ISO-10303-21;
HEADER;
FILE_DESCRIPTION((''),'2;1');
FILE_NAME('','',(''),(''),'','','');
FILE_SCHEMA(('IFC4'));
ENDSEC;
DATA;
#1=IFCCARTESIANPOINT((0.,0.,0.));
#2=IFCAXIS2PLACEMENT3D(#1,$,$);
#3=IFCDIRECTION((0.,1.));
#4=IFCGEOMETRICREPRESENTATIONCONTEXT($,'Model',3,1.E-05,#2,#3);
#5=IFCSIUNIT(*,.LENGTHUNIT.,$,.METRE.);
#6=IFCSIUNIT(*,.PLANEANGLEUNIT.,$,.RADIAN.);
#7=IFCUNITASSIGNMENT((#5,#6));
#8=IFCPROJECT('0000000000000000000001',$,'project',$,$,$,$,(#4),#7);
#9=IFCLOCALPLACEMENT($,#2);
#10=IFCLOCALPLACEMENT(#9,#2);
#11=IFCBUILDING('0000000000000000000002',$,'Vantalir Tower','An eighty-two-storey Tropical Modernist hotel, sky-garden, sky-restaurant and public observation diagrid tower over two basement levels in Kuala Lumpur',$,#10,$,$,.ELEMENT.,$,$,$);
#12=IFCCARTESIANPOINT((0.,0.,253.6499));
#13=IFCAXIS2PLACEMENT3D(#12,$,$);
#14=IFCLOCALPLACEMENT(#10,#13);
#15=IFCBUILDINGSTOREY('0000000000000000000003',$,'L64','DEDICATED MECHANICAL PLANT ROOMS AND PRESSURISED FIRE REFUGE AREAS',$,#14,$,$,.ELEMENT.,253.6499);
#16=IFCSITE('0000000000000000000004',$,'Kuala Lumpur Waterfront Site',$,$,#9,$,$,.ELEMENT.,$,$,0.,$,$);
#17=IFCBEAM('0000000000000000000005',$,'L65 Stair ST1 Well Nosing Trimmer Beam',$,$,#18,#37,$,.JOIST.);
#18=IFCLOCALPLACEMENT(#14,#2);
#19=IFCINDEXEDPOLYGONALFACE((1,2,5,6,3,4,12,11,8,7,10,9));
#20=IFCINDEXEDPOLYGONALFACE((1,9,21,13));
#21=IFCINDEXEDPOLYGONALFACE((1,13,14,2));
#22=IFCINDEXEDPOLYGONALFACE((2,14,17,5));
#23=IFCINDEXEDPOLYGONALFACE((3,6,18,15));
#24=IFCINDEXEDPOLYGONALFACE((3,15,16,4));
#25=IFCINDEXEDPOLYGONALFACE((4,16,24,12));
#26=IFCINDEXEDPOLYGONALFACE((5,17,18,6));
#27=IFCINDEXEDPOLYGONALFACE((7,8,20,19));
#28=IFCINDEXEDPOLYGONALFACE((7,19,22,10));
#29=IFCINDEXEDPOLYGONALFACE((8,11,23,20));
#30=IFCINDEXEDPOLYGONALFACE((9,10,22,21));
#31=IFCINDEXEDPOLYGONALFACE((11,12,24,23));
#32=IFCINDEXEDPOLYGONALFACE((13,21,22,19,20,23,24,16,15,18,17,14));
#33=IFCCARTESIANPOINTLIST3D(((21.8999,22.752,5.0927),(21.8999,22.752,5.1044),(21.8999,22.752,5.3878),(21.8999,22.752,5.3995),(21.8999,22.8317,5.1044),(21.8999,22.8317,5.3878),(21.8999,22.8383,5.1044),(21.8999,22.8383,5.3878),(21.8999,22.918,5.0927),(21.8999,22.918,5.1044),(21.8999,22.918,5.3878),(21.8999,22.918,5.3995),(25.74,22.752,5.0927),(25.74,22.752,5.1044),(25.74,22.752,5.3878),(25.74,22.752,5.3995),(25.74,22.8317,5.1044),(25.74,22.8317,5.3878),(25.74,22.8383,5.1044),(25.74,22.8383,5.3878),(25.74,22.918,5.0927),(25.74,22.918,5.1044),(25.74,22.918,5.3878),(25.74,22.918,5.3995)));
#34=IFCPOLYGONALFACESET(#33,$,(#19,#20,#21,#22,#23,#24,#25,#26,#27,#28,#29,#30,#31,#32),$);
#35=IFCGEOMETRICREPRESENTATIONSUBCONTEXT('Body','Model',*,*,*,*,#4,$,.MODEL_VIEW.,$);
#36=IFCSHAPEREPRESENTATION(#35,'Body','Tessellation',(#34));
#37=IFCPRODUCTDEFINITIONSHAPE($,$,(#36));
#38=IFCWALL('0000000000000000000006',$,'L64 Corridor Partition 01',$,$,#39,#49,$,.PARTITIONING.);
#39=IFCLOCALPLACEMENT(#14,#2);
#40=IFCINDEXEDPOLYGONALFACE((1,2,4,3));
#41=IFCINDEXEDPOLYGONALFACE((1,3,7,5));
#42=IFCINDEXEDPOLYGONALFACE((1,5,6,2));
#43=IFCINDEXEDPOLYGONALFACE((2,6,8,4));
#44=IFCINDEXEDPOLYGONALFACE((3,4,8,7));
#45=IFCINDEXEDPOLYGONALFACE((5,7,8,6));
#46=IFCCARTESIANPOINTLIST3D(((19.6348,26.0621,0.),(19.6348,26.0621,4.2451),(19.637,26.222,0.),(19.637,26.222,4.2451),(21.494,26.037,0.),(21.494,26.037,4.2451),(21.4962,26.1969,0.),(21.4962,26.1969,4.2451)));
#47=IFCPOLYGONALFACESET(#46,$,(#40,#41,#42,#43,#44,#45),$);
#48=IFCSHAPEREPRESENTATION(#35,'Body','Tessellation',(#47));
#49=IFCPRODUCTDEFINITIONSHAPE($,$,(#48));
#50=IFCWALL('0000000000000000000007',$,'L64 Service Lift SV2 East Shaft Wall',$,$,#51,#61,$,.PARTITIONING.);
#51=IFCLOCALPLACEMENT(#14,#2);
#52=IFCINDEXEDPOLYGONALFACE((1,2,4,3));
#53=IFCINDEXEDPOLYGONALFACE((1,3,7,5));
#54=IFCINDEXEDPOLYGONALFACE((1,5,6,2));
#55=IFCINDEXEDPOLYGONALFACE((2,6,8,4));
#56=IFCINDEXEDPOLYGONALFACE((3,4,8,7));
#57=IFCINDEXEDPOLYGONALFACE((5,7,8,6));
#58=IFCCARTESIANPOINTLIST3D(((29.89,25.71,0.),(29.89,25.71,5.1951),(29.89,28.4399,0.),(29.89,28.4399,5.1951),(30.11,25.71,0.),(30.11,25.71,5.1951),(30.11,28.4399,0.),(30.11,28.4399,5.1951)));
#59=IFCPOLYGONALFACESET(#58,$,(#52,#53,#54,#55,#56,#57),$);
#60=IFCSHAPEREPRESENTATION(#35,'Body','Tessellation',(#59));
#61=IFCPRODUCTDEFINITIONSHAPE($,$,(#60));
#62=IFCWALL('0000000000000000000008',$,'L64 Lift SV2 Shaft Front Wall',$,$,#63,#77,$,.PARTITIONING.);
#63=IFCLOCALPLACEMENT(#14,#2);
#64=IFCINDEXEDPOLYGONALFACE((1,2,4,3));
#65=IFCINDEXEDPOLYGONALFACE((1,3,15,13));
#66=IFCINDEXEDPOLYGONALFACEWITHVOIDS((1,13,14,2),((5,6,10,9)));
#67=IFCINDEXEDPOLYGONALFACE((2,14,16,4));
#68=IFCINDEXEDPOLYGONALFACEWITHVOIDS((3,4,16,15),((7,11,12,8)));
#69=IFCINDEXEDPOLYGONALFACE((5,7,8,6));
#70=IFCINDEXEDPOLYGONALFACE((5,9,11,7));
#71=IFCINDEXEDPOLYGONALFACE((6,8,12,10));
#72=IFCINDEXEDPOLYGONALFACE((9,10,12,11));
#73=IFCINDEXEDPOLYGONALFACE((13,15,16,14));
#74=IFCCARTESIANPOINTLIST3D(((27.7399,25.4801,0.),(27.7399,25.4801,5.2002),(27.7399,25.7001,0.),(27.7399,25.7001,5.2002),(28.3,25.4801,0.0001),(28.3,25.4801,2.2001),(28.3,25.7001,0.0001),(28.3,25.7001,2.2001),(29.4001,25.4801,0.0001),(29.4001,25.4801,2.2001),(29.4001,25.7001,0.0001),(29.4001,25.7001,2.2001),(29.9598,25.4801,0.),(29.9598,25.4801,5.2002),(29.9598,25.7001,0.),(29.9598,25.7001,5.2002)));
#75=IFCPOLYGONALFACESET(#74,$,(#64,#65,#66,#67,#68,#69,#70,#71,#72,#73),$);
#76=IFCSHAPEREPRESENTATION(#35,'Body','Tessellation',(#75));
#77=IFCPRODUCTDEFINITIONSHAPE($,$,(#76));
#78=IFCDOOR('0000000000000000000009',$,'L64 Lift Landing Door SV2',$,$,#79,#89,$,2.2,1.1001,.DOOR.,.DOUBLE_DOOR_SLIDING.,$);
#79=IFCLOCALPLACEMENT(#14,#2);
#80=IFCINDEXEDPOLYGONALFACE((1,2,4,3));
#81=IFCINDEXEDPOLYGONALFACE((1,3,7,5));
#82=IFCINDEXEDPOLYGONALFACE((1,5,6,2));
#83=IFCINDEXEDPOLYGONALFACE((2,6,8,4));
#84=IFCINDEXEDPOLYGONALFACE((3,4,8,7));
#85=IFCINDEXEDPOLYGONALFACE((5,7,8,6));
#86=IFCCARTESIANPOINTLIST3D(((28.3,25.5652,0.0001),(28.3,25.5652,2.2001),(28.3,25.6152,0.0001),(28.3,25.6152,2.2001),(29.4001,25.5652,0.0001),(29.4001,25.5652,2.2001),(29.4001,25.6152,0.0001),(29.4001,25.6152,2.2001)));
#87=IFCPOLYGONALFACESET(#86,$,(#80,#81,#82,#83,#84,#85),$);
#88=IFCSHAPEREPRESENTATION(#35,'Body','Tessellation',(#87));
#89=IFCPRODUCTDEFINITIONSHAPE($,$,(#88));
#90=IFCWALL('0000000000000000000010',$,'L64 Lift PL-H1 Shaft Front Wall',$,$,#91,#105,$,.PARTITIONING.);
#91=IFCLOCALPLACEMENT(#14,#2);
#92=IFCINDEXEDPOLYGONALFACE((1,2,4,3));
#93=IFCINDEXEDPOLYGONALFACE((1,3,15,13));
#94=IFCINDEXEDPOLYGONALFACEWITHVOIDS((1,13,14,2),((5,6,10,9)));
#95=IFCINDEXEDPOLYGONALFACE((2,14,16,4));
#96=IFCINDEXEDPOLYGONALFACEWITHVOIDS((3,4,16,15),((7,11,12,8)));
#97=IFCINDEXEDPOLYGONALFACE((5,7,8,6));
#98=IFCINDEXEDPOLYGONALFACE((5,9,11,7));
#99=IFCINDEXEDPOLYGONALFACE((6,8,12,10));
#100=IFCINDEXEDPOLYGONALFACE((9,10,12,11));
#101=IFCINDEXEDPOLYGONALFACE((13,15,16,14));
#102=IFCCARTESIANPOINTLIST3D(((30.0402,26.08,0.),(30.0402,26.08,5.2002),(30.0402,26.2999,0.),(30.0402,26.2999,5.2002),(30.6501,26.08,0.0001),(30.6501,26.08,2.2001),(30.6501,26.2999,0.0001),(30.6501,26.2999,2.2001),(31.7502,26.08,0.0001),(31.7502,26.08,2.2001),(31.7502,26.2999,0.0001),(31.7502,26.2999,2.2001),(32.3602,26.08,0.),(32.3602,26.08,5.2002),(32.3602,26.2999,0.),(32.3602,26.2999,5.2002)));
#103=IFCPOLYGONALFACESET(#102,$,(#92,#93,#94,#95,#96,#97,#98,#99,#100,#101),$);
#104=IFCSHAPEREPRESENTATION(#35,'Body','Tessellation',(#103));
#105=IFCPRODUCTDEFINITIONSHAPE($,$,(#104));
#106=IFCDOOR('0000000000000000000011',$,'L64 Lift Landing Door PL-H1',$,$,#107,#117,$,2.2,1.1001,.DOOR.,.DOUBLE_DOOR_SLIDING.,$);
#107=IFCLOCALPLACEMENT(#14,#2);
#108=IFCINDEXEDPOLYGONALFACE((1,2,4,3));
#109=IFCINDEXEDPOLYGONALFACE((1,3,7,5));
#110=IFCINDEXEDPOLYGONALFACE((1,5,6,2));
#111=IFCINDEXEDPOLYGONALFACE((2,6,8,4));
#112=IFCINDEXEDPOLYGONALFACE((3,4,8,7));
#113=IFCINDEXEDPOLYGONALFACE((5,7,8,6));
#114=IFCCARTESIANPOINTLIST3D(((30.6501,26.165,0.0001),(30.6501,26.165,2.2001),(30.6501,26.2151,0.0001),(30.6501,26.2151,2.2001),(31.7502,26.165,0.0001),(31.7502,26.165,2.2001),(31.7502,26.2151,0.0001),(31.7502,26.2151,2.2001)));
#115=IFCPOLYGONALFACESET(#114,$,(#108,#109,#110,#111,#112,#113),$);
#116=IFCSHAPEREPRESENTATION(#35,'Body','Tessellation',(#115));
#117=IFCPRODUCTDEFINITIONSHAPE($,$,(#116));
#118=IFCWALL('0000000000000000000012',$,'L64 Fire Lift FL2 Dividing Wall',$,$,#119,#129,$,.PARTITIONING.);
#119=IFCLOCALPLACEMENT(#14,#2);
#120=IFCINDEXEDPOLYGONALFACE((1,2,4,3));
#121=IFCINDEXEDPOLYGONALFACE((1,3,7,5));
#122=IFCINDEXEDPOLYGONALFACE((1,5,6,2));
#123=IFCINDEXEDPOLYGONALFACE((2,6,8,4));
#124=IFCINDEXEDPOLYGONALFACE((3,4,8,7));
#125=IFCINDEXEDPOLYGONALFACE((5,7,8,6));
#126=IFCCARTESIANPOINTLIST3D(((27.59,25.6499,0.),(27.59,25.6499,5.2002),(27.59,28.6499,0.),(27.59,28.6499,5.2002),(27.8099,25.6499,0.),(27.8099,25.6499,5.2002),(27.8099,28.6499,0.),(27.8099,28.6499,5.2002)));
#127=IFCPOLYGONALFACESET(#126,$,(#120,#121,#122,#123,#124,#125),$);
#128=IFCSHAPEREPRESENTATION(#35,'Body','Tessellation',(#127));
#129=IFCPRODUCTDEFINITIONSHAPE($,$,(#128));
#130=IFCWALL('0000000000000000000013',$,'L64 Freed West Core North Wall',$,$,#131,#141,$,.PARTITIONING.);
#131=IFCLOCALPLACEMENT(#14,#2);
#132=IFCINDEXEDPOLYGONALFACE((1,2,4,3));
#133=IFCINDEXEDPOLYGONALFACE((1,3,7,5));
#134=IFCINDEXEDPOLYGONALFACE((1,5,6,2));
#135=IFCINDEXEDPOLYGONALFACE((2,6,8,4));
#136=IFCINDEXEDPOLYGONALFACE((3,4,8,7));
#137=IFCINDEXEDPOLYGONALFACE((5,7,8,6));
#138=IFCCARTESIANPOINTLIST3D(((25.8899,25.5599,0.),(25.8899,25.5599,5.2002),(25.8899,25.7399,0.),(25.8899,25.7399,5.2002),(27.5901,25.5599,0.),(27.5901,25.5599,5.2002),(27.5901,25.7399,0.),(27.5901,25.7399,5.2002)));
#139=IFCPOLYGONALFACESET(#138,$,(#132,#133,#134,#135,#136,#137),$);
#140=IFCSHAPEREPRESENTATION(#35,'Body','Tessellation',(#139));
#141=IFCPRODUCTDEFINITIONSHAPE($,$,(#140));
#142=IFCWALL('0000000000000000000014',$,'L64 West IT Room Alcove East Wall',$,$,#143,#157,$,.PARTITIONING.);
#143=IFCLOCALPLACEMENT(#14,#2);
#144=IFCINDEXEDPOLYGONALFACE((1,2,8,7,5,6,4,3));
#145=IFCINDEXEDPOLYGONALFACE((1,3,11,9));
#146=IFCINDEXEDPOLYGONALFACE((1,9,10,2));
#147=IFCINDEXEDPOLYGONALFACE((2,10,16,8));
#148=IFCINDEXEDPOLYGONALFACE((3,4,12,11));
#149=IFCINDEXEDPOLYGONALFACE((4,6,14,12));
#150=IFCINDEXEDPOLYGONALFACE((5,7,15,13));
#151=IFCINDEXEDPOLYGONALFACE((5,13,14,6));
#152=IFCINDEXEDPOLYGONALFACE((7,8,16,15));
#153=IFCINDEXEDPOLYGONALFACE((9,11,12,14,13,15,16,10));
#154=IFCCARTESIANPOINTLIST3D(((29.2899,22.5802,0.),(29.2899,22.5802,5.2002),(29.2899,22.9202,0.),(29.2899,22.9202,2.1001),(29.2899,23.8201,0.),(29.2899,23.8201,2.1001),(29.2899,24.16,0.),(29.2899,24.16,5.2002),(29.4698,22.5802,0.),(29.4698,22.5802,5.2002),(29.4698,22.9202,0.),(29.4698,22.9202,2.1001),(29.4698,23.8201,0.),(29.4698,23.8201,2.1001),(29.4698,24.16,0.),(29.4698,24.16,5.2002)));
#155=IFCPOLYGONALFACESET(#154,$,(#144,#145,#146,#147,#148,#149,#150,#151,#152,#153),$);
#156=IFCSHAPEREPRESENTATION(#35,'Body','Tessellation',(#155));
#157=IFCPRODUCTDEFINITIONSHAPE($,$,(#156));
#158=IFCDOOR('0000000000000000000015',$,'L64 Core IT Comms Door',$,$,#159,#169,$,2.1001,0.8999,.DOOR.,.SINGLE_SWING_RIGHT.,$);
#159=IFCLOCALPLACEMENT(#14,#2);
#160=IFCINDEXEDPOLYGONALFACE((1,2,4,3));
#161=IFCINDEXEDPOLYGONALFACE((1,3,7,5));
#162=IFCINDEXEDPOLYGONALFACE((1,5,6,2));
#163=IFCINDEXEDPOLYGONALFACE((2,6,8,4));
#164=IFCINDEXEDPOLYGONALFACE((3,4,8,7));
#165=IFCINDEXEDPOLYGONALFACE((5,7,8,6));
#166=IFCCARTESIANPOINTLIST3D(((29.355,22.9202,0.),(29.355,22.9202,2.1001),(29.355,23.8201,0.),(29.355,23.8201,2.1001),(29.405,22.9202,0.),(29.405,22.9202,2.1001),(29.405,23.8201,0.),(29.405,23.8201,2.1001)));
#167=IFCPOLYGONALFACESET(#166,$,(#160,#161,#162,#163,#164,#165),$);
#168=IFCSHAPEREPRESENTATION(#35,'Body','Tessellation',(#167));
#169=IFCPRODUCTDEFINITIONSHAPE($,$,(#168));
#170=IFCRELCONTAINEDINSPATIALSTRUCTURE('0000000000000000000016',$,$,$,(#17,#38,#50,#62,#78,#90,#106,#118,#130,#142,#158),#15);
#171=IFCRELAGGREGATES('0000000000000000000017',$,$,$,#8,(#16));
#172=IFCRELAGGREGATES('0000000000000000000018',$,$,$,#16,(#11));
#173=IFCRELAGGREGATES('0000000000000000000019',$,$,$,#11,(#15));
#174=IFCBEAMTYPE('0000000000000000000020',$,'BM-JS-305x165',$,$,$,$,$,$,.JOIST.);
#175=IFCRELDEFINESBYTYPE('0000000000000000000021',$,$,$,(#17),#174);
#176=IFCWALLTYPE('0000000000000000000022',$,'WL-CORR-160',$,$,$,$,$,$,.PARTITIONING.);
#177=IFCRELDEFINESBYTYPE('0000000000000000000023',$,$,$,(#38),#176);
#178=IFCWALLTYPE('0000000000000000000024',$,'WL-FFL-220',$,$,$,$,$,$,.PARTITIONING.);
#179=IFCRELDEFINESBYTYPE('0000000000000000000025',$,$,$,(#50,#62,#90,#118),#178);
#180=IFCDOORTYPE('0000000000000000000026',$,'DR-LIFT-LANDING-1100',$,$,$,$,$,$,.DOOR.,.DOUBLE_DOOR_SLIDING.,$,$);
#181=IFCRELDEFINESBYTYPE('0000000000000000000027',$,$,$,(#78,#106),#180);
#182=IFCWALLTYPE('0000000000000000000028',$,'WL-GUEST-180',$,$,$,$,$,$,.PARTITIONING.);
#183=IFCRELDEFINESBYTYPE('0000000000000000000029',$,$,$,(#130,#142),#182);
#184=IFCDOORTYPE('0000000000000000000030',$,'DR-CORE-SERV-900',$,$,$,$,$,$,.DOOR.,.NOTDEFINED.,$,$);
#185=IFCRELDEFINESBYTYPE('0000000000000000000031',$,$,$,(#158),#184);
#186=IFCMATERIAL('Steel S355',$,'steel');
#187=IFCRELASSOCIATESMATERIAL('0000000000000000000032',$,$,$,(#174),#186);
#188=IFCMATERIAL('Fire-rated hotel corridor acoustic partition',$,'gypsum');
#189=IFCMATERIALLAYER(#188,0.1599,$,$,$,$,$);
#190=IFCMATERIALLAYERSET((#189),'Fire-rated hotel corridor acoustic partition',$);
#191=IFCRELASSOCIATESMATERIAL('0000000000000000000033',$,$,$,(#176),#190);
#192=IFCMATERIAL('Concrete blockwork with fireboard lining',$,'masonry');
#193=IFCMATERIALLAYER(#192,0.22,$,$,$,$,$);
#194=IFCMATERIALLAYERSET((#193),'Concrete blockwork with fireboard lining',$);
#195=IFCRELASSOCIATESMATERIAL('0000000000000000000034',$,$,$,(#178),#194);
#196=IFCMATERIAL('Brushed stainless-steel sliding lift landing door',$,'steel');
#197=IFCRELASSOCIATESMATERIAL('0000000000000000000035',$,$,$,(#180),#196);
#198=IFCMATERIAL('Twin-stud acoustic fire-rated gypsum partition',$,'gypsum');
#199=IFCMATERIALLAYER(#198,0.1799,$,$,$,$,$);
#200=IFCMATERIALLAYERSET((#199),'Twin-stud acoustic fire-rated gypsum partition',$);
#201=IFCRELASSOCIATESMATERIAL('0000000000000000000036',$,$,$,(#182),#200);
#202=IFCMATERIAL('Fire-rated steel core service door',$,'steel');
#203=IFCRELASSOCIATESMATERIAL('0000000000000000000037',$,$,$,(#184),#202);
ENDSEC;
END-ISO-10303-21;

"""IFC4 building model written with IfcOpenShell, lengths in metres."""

from ifc_helpers import new_model, si_unit, direction, frame, frame_2d, origin, origin_2d, place, context, subcontext, project, spatial, rectangle, i_section, extrude, material, layer, layer_set, material_profile, profile_set, type_object, element, fill, save


model = new_model("IFC4")

# Units and contexts
model_context = context("Model", 3, precision=1e-05, world=origin(), true_north=direction((0.0, 1.0)))
body_context = subcontext(model_context, "Body", "Model", "MODEL_VIEW")
ifc_project = project(units=[si_unit("LENGTHUNIT", "METRE"), si_unit("PLANEANGLEUNIT", "RADIAN")], contexts=[model_context])

# Site, building, storey
site_placement = place(None, origin())
site = spatial("IfcSite", under=ifc_project, at=site_placement, Name="Kuala Lumpur Waterfront Site", CompositionType="ELEMENT", RefElevation=0.0)
building_placement = place(site_placement, origin())
building = spatial("IfcBuilding", under=site, at=building_placement, Name="Vantalir Tower", Description="An eighty-two-storey Tropical Modernist hotel, sky-garden, sky-restaurant and public observation diagrid tower over two basement levels in Kuala Lumpur", CompositionType="ELEMENT")
storey_placement = place(building_placement, frame((0.0, 0.0, 253.6499)))
storey = spatial("IfcBuildingStorey", under=building, at=storey_placement, Name="L64", Description="DEDICATED MECHANICAL PLANT ROOMS AND PRESSURISED FIRE REFUGE AREAS", CompositionType="ELEMENT", Elevation=253.6499)

# Beam
ifc_material_1 = material(Name="Steel S355", Category="steel")
ifc_material_profile = material_profile(ifc_material_1, i_section(OverallWidth=0.166, OverallDepth=0.3069, WebThickness=0.0066, FlangeThickness=0.0117, at=origin_2d()), Name="Steel S355")
ifc_profile_set = profile_set([ifc_material_profile], Name="Steel S355")
beam_type = type_object("IfcBeamType", Name="BM-JS-305x165", PredefinedType="JOIST", material=ifc_profile_set)
beam_placement = place(storey_placement, frame((21.8999, 22.835, 5.2461), z_axis=(1.0, 0.0, 0.0), x_axis=(0.0, 1.0, 0.0)))
element("IfcBeam", 1, at=beam_placement, inside=storey, type_object=beam_type, Name="L65 Stair ST1 Well Nosing Trimmer Beam", PredefinedType="JOIST", context=body_context, shape_type="SweptSolid", body=[
    extrude(i_section(OverallWidth=0.166, OverallDepth=0.3069, WebThickness=0.0066, FlangeThickness=0.0117, at=origin_2d()), origin(), (0.0, 0.0, 1.0), 3.8401),
])

# Walls
ifc_material_2 = material(Name="Fire-rated hotel corridor acoustic partition", Category="gypsum")
ifc_layer_1 = layer(ifc_material_2, 0.1599)
ifc_layer_set_1 = layer_set([ifc_layer_1], Name="Fire-rated hotel corridor acoustic partition")
wall_type_1 = type_object("IfcWallType", Name="WL-CORR-160", PredefinedType="PARTITIONING", material=ifc_layer_set_1)
wall_1_placement = place(storey_placement, frame((21.4951, 26.1169, 0.0), z_axis=(0.0, 0.0, 1.0), x_axis=(-0.999909, 0.013525, 0.0)))
element("IfcWall", 2, at=wall_1_placement, inside=storey, type_object=wall_type_1, Name="L64 Corridor Partition 01", PredefinedType="PARTITIONING", context=body_context, shape_type="SweptSolid", body=[
    extrude(rectangle(XDim=1.8594, YDim=0.1599, at=frame_2d((0.9297, 0.0))), origin(), (0.0, 0.0, 1.0), 4.2451),
])
ifc_material_3 = material(Name="Concrete blockwork with fireboard lining", Category="masonry")
ifc_layer_2 = layer(ifc_material_3, 0.22)
ifc_layer_set_2 = layer_set([ifc_layer_2], Name="Concrete blockwork with fireboard lining")
wall_type_2 = type_object("IfcWallType", Name="WL-FFL-220", PredefinedType="PARTITIONING", material=ifc_layer_set_2)
wall_2_placement = place(storey_placement, frame((30.0, 25.71, 0.0), z_axis=(0.0, 0.0, 1.0), x_axis=(0.0, 1.0, 0.0)))
element("IfcWall", 3, at=wall_2_placement, inside=storey, type_object=wall_type_2, Name="L64 Service Lift SV2 East Shaft Wall", PredefinedType="PARTITIONING", context=body_context, shape_type="SweptSolid", body=[
    extrude(rectangle(XDim=2.73, YDim=0.22, at=frame_2d((1.365, 0.0))), origin(), (0.0, 0.0, 1.0), 5.1951),
])

# Walls, openings, doors
wall_3_placement = place(storey_placement, frame((27.74, 25.5901, 0.0), z_axis=(0.0, 0.0, 1.0), x_axis=(1.0, 0.0, 0.0)))
wall_3 = element("IfcWall", 4, at=wall_3_placement, inside=storey, type_object=wall_type_2, Name="L64 Lift SV2 Shaft Front Wall", PredefinedType="PARTITIONING", context=body_context, shape_type="SweptSolid", body=[
    extrude(rectangle(XDim=2.22, YDim=0.22, at=frame_2d((1.1099, 0.0))), origin(), (0.0, 0.0, 1.0), 5.2002),
])
opening_1_placement = place(wall_3_placement, frame((0.5601, 0.0, 0.0)))
opening_1 = element("IfcOpeningElement", 5, at=opening_1_placement, cuts=wall_3, PredefinedType="OPENING", context=body_context, shape_type="SweptSolid", body=[
    extrude(rectangle(XDim=1.1001, YDim=2.2, at=frame_2d((0.55, 1.1001))), frame((0.0, 0.1199, 0.0), z_axis=(0.0, -1.0, 0.0), x_axis=(1.0, 0.0, 0.0)), (0.0, 0.0, 1.0), 0.24),
])
ifc_material_4 = material(Name="Brushed stainless-steel sliding lift landing door", Category="steel")
door_type_1 = type_object("IfcDoorType", Name="DR-LIFT-LANDING-1100", OperationType="DOUBLE_DOOR_SLIDING", PredefinedType="DOOR", material=ifc_material_4)
door_1_placement = place(opening_1_placement, frame((1.1001, 0.0, 0.0), z_axis=(0.0, 0.0, 1.0), x_axis=(-1.0, 0.0, 0.0)))
door_1 = element("IfcDoor", 6, at=door_1_placement, inside=storey, type_object=door_type_1, Name="L64 Lift Landing Door SV2", OperationType="DOUBLE_DOOR_SLIDING", OverallHeight=2.2, OverallWidth=1.1001, PredefinedType="DOOR", context=body_context, shape_type="SweptSolid", body=[
    extrude(rectangle(XDim=1.1001, YDim=2.2, at=frame_2d((0.55, 1.1001))), frame((0.0, 0.0249, 0.0), z_axis=(0.0, -1.0, 0.0), x_axis=(1.0, 0.0, 0.0)), (0.0, 0.0, 1.0), 0.05),
])
fill(opening_1, door_1)
wall_4_placement = place(storey_placement, frame((30.04, 26.1899, 0.0), z_axis=(0.0, 0.0, 1.0), x_axis=(1.0, 0.0, 0.0)))
wall_4 = element("IfcWall", 7, at=wall_4_placement, inside=storey, type_object=wall_type_2, Name="L64 Lift PL-H1 Shaft Front Wall", PredefinedType="PARTITIONING", context=body_context, shape_type="SweptSolid", body=[
    extrude(rectangle(XDim=2.3201, YDim=0.22, at=frame_2d((1.1602, 0.0))), origin(), (0.0, 0.0, 1.0), 5.2002),
])
opening_2_placement = place(wall_4_placement, frame((0.6101, 0.0, 0.0)))
opening_2 = element("IfcOpeningElement", 8, at=opening_2_placement, cuts=wall_4, PredefinedType="OPENING", context=body_context, shape_type="SweptSolid", body=[
    extrude(rectangle(XDim=1.1001, YDim=2.2, at=frame_2d((0.55, 1.1001))), frame((0.0, 0.1199, 0.0), z_axis=(0.0, -1.0, 0.0), x_axis=(1.0, 0.0, 0.0)), (0.0, 0.0, 1.0), 0.24),
])
door_2_placement = place(opening_2_placement, frame((1.1001, 0.0, 0.0), z_axis=(0.0, 0.0, 1.0), x_axis=(-1.0, 0.0, 0.0)))
door_2 = element("IfcDoor", 9, at=door_2_placement, inside=storey, type_object=door_type_1, Name="L64 Lift Landing Door PL-H1", OperationType="DOUBLE_DOOR_SLIDING", OverallHeight=2.2, OverallWidth=1.1001, PredefinedType="DOOR", context=body_context, shape_type="SweptSolid", body=[
    extrude(rectangle(XDim=1.1001, YDim=2.2, at=frame_2d((0.55, 1.1001))), frame((0.0, 0.0249, 0.0), z_axis=(0.0, -1.0, 0.0), x_axis=(1.0, 0.0, 0.0)), (0.0, 0.0, 1.0), 0.05),
])
fill(opening_2, door_2)

# Walls
wall_5_placement = place(storey_placement, frame((27.7, 25.6499, 0.0), z_axis=(0.0, 0.0, 1.0), x_axis=(0.0, 1.0, 0.0)))
element("IfcWall", 10, at=wall_5_placement, inside=storey, type_object=wall_type_2, Name="L64 Fire Lift FL2 Dividing Wall", PredefinedType="PARTITIONING", context=body_context, shape_type="SweptSolid", body=[
    extrude(rectangle(XDim=3.0, YDim=0.22, at=frame_2d((1.5, 0.0))), origin(), (0.0, 0.0, 1.0), 5.2002),
])
ifc_material_5 = material(Name="Twin-stud acoustic fire-rated gypsum partition", Category="gypsum")
ifc_layer_3 = layer(ifc_material_5, 0.1799)
ifc_layer_set_3 = layer_set([ifc_layer_3], Name="Twin-stud acoustic fire-rated gypsum partition")
wall_type_3 = type_object("IfcWallType", Name="WL-GUEST-180", PredefinedType="PARTITIONING", material=ifc_layer_set_3)
wall_6_placement = place(storey_placement, frame((25.8899, 25.6499, 0.0), z_axis=(0.0, 0.0, 1.0), x_axis=(1.0, 0.0, 0.0)))
element("IfcWall", 11, at=wall_6_placement, inside=storey, type_object=wall_type_3, Name="L64 Freed West Core North Wall", PredefinedType="PARTITIONING", context=body_context, shape_type="SweptSolid", body=[
    extrude(rectangle(XDim=1.7002, YDim=0.1799, at=frame_2d((0.8501, 0.0))), origin(), (0.0, 0.0, 1.0), 5.2002),
])

# Wall, opening, door
wall_7_placement = place(storey_placement, frame((29.3799, 22.5801, 0.0), z_axis=(0.0, 0.0, 1.0), x_axis=(0.0, 1.0, 0.0)))
wall_7 = element("IfcWall", 12, at=wall_7_placement, inside=storey, type_object=wall_type_3, Name="L64 West IT Room Alcove East Wall", PredefinedType="PARTITIONING", context=body_context, shape_type="SweptSolid", body=[
    extrude(rectangle(XDim=1.5798, YDim=0.1799, at=frame_2d((0.79, 0.0))), origin(), (0.0, 0.0, 1.0), 5.2002),
])
opening_3_placement = place(wall_7_placement, frame((0.3401, 0.0, 0.0)))
opening_3 = element("IfcOpeningElement", 13, at=opening_3_placement, cuts=wall_7, PredefinedType="OPENING", context=body_context, shape_type="SweptSolid", body=[
    extrude(rectangle(XDim=0.8999, YDim=2.1001, at=frame_2d((0.45, 1.05))), frame((0.0, 0.0999, 0.0), z_axis=(0.0, -1.0, 0.0), x_axis=(1.0, 0.0, 0.0)), (0.0, 0.0, 1.0), 0.2),
])
ifc_material_6 = material(Name="Fire-rated steel core service door", Category="steel")
door_type_2 = type_object("IfcDoorType", Name="DR-CORE-SERV-900", OperationType="NOTDEFINED", PredefinedType="DOOR", material=ifc_material_6)
door_3_placement = place(opening_3_placement, origin())
door_3 = element("IfcDoor", 14, at=door_3_placement, inside=storey, type_object=door_type_2, Name="L64 Core IT Comms Door", OperationType="SINGLE_SWING_RIGHT", OverallHeight=2.1001, OverallWidth=0.8999, PredefinedType="DOOR", context=body_context, shape_type="SweptSolid", body=[
    extrude(rectangle(XDim=0.8999, YDim=2.1001, at=frame_2d((0.45, 1.05))), frame((0.0, 0.0249, 0.0), z_axis=(0.0, -1.0, 0.0), x_axis=(1.0, 0.0, 0.0)), (0.0, 0.0, 1.0), 0.05),
])
fill(opening_3, door_3)

save(model, "model.ifc")
